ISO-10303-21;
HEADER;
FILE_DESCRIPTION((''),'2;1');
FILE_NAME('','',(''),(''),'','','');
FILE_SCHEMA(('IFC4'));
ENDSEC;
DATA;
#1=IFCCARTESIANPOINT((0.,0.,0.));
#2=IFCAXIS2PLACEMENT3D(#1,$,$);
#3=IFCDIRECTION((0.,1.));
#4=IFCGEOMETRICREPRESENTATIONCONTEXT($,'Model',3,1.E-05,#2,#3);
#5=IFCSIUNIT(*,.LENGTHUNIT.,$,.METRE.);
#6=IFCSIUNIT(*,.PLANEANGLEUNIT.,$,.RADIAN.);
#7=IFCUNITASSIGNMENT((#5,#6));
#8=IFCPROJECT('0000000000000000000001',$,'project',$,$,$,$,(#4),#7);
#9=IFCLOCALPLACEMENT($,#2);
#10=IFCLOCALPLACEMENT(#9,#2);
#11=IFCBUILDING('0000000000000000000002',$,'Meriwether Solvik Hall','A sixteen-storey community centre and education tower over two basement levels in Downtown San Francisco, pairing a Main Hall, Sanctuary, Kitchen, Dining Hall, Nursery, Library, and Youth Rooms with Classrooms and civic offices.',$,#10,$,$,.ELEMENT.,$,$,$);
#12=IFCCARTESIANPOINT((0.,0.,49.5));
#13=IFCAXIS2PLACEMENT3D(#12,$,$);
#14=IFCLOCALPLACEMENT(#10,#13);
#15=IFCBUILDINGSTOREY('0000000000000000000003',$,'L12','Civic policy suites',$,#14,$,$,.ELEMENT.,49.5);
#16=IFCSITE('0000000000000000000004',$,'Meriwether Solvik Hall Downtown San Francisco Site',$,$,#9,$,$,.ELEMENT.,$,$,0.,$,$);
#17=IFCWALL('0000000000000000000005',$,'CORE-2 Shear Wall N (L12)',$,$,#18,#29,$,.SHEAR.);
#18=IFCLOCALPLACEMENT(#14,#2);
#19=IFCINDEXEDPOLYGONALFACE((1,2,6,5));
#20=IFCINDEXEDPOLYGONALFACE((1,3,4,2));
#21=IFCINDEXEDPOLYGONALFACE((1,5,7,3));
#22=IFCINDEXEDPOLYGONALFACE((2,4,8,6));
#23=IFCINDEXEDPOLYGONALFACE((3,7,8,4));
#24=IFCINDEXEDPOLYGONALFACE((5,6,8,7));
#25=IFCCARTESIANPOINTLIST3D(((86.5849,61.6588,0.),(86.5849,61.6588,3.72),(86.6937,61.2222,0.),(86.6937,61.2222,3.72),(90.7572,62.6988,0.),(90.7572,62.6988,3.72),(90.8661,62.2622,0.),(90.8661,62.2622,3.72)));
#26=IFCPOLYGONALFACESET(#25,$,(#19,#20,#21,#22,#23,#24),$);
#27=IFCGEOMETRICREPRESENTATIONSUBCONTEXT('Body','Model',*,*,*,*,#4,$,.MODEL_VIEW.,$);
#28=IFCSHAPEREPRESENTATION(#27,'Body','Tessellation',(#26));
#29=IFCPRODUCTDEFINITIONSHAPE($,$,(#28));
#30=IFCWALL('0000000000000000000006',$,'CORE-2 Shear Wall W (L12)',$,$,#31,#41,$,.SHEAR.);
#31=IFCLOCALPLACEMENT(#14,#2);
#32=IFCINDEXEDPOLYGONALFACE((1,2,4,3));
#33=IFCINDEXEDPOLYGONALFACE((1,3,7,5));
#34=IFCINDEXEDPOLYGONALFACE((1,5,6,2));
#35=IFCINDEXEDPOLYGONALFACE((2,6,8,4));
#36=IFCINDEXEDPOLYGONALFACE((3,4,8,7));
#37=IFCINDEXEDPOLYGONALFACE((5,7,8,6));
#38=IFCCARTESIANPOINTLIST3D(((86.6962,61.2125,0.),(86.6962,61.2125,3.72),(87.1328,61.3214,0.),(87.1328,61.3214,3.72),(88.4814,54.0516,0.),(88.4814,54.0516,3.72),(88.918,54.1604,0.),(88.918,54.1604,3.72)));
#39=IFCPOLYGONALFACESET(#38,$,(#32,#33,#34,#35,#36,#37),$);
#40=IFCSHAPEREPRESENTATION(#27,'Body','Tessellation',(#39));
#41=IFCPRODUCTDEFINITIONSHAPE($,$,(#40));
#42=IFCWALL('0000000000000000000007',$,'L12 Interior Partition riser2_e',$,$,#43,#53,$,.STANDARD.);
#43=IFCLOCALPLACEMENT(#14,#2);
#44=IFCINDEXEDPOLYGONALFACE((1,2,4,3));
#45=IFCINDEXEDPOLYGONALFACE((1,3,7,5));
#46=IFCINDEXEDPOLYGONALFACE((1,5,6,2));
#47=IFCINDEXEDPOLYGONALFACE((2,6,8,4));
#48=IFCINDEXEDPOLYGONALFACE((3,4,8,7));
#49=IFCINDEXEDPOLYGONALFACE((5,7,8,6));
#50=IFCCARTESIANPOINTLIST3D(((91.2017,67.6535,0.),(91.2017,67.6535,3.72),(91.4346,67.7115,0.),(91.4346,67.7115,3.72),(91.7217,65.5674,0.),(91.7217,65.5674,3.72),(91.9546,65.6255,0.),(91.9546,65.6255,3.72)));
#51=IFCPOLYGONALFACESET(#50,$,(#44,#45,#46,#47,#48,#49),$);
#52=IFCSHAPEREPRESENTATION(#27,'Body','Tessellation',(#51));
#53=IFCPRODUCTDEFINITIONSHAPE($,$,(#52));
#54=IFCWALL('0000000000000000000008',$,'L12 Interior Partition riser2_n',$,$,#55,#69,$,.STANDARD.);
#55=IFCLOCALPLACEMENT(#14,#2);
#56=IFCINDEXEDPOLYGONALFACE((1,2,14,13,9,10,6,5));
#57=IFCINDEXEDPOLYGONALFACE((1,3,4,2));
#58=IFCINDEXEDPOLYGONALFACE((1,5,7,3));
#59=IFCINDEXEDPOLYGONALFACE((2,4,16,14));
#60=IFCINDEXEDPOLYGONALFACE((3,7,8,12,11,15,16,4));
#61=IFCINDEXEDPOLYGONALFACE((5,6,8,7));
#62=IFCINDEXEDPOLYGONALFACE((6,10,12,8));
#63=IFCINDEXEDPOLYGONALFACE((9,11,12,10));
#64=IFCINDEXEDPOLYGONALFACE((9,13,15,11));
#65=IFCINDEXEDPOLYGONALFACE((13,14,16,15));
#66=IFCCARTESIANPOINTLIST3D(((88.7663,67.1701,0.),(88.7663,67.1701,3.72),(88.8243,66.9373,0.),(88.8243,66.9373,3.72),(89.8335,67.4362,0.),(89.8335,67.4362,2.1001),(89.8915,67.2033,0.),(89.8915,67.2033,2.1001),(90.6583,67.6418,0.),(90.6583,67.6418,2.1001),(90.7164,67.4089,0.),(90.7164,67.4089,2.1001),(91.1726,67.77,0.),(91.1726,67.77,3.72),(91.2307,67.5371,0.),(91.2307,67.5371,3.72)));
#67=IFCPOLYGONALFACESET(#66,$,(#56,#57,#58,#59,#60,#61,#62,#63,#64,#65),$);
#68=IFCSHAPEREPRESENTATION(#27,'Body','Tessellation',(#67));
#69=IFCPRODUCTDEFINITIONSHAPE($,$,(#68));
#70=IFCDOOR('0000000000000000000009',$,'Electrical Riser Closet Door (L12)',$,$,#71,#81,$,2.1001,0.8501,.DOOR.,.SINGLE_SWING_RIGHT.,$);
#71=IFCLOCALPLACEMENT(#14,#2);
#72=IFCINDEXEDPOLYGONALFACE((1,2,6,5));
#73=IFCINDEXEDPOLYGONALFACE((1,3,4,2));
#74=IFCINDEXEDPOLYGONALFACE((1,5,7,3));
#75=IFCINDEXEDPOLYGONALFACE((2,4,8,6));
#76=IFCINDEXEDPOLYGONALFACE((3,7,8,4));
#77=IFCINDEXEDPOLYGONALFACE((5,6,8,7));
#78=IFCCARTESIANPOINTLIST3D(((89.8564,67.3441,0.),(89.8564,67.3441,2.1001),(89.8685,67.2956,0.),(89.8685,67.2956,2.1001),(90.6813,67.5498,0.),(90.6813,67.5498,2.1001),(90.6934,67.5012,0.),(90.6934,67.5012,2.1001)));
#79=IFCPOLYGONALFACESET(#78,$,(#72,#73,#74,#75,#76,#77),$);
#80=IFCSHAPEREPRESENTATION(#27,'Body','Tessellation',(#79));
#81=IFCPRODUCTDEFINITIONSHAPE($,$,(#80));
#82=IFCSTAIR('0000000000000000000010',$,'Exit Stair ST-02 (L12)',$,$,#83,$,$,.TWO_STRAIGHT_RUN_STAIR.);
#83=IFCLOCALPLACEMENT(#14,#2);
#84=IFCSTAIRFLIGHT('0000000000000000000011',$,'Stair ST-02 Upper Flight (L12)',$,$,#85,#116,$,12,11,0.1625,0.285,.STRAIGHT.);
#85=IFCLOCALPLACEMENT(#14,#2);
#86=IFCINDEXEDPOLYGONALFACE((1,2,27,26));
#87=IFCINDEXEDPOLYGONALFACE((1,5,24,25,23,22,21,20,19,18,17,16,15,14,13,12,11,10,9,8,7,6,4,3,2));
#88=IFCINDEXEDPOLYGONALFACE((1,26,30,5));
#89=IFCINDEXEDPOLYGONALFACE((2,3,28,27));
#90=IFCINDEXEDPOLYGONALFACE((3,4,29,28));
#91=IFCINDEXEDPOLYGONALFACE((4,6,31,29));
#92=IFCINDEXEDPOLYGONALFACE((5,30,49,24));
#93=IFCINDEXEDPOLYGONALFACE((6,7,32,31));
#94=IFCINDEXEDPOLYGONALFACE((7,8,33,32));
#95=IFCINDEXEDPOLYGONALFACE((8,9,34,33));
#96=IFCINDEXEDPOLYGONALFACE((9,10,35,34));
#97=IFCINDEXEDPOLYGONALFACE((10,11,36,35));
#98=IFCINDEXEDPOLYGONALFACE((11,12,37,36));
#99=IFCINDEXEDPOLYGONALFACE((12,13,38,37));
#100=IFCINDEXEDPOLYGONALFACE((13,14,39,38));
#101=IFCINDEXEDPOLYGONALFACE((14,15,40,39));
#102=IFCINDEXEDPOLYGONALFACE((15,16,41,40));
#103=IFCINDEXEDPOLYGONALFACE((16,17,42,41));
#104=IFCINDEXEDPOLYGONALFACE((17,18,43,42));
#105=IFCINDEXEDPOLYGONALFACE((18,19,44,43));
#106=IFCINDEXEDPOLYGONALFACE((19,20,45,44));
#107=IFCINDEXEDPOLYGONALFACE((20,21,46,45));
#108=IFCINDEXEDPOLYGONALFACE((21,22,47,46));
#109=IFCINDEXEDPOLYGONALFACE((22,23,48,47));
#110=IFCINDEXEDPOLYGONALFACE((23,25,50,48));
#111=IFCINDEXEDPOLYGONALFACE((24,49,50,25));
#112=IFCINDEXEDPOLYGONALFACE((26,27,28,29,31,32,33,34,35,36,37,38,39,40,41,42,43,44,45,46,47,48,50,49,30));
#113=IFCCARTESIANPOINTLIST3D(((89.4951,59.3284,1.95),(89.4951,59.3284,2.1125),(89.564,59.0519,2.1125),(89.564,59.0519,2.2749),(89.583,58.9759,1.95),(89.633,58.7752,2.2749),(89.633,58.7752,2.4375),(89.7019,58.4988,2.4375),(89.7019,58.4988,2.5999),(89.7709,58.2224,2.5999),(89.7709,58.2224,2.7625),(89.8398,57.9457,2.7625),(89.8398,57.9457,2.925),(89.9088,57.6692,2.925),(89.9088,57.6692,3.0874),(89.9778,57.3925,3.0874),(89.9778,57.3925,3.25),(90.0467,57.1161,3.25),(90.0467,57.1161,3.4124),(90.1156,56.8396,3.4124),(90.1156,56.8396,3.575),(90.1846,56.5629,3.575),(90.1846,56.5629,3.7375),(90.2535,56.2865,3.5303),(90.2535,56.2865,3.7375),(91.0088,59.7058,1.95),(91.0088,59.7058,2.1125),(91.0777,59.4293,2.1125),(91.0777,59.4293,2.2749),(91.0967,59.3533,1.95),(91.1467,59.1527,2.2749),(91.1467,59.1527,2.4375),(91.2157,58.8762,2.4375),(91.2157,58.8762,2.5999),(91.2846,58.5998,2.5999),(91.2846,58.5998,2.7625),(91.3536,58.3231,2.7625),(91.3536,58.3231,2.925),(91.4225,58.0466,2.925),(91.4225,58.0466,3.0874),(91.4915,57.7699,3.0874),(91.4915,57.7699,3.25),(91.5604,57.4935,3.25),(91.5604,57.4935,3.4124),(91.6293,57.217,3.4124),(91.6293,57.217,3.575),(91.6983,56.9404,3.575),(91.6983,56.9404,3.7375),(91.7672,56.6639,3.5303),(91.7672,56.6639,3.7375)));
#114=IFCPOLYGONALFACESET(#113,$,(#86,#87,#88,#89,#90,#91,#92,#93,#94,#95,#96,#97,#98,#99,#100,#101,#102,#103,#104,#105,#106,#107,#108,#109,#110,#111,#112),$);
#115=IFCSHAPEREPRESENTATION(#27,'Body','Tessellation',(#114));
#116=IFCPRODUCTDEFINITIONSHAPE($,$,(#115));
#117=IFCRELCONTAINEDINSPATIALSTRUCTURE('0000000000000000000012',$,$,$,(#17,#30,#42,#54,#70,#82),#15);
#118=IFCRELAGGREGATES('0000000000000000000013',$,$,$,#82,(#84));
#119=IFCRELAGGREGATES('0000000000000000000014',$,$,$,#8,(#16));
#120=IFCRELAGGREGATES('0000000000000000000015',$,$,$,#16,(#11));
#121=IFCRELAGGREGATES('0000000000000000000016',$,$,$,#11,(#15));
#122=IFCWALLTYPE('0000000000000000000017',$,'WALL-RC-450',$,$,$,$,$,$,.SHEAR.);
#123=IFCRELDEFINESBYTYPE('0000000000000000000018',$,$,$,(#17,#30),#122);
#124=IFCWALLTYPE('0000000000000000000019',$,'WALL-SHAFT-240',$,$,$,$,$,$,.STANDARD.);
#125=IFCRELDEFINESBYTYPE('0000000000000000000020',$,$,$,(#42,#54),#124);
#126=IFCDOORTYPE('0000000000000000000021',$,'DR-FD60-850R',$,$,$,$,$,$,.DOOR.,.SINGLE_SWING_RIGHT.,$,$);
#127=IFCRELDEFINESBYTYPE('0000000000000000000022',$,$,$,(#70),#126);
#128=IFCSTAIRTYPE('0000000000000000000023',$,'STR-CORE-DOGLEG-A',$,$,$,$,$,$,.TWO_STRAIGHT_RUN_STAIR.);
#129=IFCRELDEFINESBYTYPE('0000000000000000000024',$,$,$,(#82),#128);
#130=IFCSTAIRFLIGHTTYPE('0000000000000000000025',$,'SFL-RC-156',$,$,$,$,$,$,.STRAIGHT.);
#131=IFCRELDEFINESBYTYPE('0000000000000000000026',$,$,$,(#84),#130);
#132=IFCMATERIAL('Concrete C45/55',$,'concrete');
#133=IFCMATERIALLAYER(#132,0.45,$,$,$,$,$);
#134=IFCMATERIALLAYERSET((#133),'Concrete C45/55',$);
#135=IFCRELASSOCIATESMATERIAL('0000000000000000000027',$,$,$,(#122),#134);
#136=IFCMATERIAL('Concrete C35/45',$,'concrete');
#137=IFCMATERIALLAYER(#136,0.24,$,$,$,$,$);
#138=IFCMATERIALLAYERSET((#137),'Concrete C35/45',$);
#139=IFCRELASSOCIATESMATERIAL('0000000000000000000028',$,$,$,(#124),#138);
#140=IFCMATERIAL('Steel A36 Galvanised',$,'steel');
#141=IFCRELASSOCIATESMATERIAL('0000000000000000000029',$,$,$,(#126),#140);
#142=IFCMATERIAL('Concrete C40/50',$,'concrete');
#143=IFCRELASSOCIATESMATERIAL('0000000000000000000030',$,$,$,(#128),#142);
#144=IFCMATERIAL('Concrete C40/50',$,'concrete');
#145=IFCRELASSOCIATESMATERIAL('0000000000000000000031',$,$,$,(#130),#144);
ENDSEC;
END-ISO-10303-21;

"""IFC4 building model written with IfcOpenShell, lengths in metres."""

from ifc_helpers import new_model, si_unit, direction, frame, frame_2d, origin, place, context, subcontext, project, spatial, polyline, rectangle, outline, extrude, material, layer, layer_set, type_object, element, fill, aggregate, save


model = new_model("IFC4")

# Units and contexts
model_context = context("Model", 3, precision=1e-05, world=origin(), true_north=direction((0.0, 1.0)))
body_context = subcontext(model_context, "Body", "Model", "MODEL_VIEW")
ifc_project = project(units=[si_unit("LENGTHUNIT", "METRE"), si_unit("PLANEANGLEUNIT", "RADIAN")], contexts=[model_context])

# Site, building, storey
site_placement = place(None, origin())
site = spatial("IfcSite", under=ifc_project, at=site_placement, Name="Meriwether Solvik Hall Downtown San Francisco Site", CompositionType="ELEMENT", RefElevation=0.0)
building_placement = place(site_placement, origin())
building = spatial("IfcBuilding", under=site, at=building_placement, Name="Meriwether Solvik Hall", Description="A sixteen-storey community centre and education tower over two basement levels in Downtown San Francisco, pairing a Main Hall, Sanctuary, Kitchen, Dining Hall, Nursery, Library, and Youth Rooms with Classrooms and civic offices.", CompositionType="ELEMENT")
storey_placement = place(building_placement, frame((0.0, 0.0, 49.5)))
storey = spatial("IfcBuildingStorey", under=building, at=storey_placement, Name="L12", Description="Civic policy suites", CompositionType="ELEMENT", Elevation=49.5)

# Walls
ifc_material_1 = material(Name="Concrete C45/55", Category="concrete")
ifc_layer_1 = layer(ifc_material_1, 0.45)
ifc_layer_set_1 = layer_set([ifc_layer_1], Name="Concrete C45/55")
wall_type_1 = type_object("IfcWallType", Name="WALL-RC-450", PredefinedType="SHEAR", material=ifc_layer_set_1)
wall_1_placement = place(storey_placement, frame((90.8115, 62.4805, 0.0), z_axis=(0.0, 0.0, 1.0), x_axis=(-0.970309, -0.241868, 0.0)))
element("IfcWall", 1, at=wall_1_placement, inside=storey, type_object=wall_type_1, Name="CORE-2 Shear Wall N (L12)", PredefinedType="SHEAR", context=body_context, shape_type="SweptSolid", body=[
    extrude(rectangle(XDim=4.3, YDim=0.45, at=frame_2d((2.1499, 0.0))), origin(), (0.0, 0.0, 1.0), 3.72),
])
wall_2_placement = place(storey_placement, frame((86.9146, 61.2668, 0.0), z_axis=(0.0, 0.0, 1.0), x_axis=(0.24189, -0.970304, 0.0)))
element("IfcWall", 2, at=wall_2_placement, inside=storey, type_object=wall_type_1, Name="CORE-2 Shear Wall W (L12)", PredefinedType="SHEAR", context=body_context, shape_type="SweptSolid", body=[
    extrude(rectangle(XDim=7.3801, YDim=0.45, at=frame_2d((3.6899, 0.0))), origin(), (0.0, 0.0, 1.0), 3.72),
])
ifc_material_2 = material(Name="Concrete C35/45", Category="concrete")
ifc_layer_2 = layer(ifc_material_2, 0.24)
ifc_layer_set_2 = layer_set([ifc_layer_2], Name="Concrete C35/45")
wall_type_2 = type_object("IfcWallType", Name="WALL-SHAFT-240", PredefinedType="STANDARD", material=ifc_layer_set_2)
wall_3_placement = place(storey_placement, frame((91.8381, 65.5964, 0.0), z_axis=(0.0, 0.0, 1.0), x_axis=(-0.241868, 0.970309, 0.0)))
element("IfcWall", 3, at=wall_3_placement, inside=storey, type_object=wall_type_2, Name="L12 Interior Partition riser2_e", PredefinedType="STANDARD", context=body_context, shape_type="SweptSolid", body=[
    extrude(rectangle(XDim=2.1499, YDim=0.24, at=frame_2d((1.075, 0.0))), origin(), (0.0, 0.0, 1.0), 3.72),
])

# Wall, opening, door
wall_4_placement = place(storey_placement, frame((91.2017, 67.6536, 0.0), z_axis=(0.0, 0.0, 1.0), x_axis=(-0.970304, -0.241887, 0.0)))
wall_4 = element("IfcWall", 4, at=wall_4_placement, inside=storey, type_object=wall_type_2, Name="L12 Interior Partition riser2_n", PredefinedType="STANDARD", context=body_context, shape_type="SweptSolid", body=[
    extrude(rectangle(XDim=2.48, YDim=0.24, at=frame_2d((1.24, 0.0))), origin(), (0.0, 0.0, 1.0), 3.72),
])
opening_1_placement = place(wall_4_placement, frame((0.53, 0.0, 0.0)))
opening_1 = element("IfcOpeningElement", 5, at=opening_1_placement, cuts=wall_4, PredefinedType="OPENING", context=body_context, shape_type="SweptSolid", body=[
    extrude(rectangle(XDim=0.8501, YDim=2.1001, at=frame_2d((0.425, 1.05))), frame((0.0, 0.1318, 0.0), z_axis=(0.0, -1.0, 0.0), x_axis=(1.0, 0.0, 0.0)), (0.0, 0.0, 1.0), 0.2639),
])
ifc_material_3 = material(Name="Steel A36 Galvanised", Category="steel")
door_type_1 = type_object("IfcDoorType", Name="DR-FD60-850R", OperationType="SINGLE_SWING_RIGHT", PredefinedType="DOOR", material=ifc_material_3)
door_1_placement = place(opening_1_placement, origin())
door_1 = element("IfcDoor", 6, at=door_1_placement, inside=storey, type_object=door_type_1, Name="Electrical Riser Closet Door (L12)", OperationType="SINGLE_SWING_RIGHT", OverallHeight=2.1001, OverallWidth=0.8501, PredefinedType="DOOR", context=body_context, shape_type="SweptSolid", body=[
    extrude(rectangle(XDim=0.8501, YDim=2.1001, at=frame_2d((0.425, 1.05))), frame((0.0, 0.0249, 0.0), z_axis=(0.0, -1.0, 0.0), x_axis=(1.0, 0.0, 0.0)), (0.0, 0.0, 1.0), 0.05),
])
fill(opening_1, door_1)

# Stair, stair flight
ifc_material_4 = material(Name="Concrete C40/50", Category="concrete")
stair_type = type_object("IfcStairType", Name="STR-CORE-DOGLEG-A", PredefinedType="TWO_STRAIGHT_RUN_STAIR", material=ifc_material_4)
stair_placement = place(storey_placement, origin())
stair = element("IfcStair", 7, at=stair_placement, inside=storey, type_object=stair_type, Name="Exit Stair ST-02 (L12)", PredefinedType="TWO_STRAIGHT_RUN_STAIR")
ifc_material_5 = material(Name="Concrete C40/50", Category="concrete")
stair_flight_type = type_object("IfcStairFlightType", Name="SFL-RC-156", PredefinedType="STRAIGHT", material=ifc_material_5)
stair_flight_placement = place(storey_placement, frame((90.252, 59.5171, 1.95), z_axis=(0.0, 0.0, 1.0), x_axis=(0.241922, -0.970296, 0.0)))
stair_flight = element("IfcStairFlight", 8, at=stair_flight_placement, type_object=stair_flight_type, Name="Stair ST-02 Upper Flight (L12)", NumberOfRisers=12, NumberOfTreads=11, PredefinedType="STRAIGHT", RiserHeight=0.1625, TreadLength=0.285, context=body_context, shape_type="SweptSolid", body=[
    extrude(outline(polyline([(0.0, 0.0), (0.0, 0.1626), (0.2849, 0.1626), (0.2849, 0.325), (0.5701, 0.325), (0.5701, 0.4875), (0.855, 0.4875), (0.855, 0.6499), (1.1399, 0.6499), (1.1399, 0.8125), (1.425, 0.8125), (1.425, 0.9751), (1.71, 0.9751), (1.71, 1.1375), (1.9951, 1.1375), (1.9951, 1.3), (2.28, 1.3), (2.28, 1.4624), (2.5649, 1.4624), (2.5649, 1.625), (2.8501, 1.625), (2.8501, 1.7876), (3.135, 1.7876), (3.135, 1.95), (3.135, 1.5803), (0.3633, 0.0), (0.0, 0.0)])), frame((0.0, 0.78, 0.0), z_axis=(0.0, -1.0, 0.0), x_axis=(1.0, 0.0, 0.0)), (0.0, 0.0, 1.0), 1.5601),
])
aggregate(stair, [stair_flight])

save(model, "model.ifc")
